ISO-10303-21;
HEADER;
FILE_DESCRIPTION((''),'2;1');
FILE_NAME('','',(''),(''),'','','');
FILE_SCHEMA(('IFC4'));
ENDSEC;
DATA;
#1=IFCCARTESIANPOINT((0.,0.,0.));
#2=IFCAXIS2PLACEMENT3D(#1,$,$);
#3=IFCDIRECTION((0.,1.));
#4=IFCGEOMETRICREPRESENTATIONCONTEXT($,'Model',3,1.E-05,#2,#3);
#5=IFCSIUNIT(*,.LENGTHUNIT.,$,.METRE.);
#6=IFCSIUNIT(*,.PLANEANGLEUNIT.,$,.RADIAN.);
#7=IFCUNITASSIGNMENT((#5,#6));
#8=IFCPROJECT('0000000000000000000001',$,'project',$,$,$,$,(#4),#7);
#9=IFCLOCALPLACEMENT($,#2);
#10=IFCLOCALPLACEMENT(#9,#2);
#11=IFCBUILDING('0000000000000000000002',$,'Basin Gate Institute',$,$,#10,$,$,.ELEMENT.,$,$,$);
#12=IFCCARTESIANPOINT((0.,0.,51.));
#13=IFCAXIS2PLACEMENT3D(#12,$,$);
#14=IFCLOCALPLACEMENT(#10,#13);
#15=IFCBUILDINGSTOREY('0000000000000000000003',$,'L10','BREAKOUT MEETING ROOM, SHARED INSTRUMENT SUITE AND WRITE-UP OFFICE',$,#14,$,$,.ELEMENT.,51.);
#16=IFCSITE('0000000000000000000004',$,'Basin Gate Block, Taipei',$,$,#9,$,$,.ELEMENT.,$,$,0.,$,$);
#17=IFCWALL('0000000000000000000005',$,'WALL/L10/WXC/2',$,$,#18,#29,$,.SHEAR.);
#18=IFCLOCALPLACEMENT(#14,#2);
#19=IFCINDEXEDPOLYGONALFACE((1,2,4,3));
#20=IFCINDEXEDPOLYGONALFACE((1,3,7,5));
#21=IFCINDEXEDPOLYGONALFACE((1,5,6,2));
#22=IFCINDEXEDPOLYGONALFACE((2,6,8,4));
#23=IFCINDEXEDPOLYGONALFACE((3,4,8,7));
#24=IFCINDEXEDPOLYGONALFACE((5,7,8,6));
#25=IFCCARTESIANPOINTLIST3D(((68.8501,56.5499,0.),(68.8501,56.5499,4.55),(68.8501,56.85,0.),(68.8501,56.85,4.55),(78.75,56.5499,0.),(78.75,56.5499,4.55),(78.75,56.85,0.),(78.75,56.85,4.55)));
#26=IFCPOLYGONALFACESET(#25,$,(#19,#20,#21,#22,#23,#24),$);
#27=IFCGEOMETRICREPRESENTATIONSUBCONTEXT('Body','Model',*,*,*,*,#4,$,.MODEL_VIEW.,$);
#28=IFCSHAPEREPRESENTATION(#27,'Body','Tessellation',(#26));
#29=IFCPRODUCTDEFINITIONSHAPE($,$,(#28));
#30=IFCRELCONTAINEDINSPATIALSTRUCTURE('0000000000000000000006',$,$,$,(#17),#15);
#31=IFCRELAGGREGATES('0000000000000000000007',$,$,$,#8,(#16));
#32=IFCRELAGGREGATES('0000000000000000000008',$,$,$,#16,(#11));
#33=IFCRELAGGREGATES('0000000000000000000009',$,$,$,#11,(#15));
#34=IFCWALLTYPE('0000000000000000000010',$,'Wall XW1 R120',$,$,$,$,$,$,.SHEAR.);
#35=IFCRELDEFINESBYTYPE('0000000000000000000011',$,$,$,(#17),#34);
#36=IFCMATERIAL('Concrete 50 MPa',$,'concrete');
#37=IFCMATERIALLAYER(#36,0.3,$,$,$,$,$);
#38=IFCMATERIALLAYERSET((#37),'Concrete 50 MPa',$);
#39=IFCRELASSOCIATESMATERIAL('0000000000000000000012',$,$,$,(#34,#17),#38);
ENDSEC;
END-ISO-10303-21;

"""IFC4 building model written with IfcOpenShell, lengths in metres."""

from ifc_helpers import new_model, si_unit, direction, frame, frame_2d, origin, place, context, subcontext, project, spatial, rectangle, extrude, material, layer, layer_set, type_object, element, save


model = new_model("IFC4")

# Units and contexts
model_context = context("Model", 3, precision=1e-05, world=origin(), true_north=direction((0.0, 1.0)))
body_context = subcontext(model_context, "Body", "Model", "MODEL_VIEW")
ifc_project = project(units=[si_unit("LENGTHUNIT", "METRE"), si_unit("PLANEANGLEUNIT", "RADIAN")], contexts=[model_context])

# Site, building, storey
site_placement = place(None, origin())
site = spatial("IfcSite", under=ifc_project, at=site_placement, Name="Basin Gate Block, Taipei", CompositionType="ELEMENT", RefElevation=0.0)
building_placement = place(site_placement, origin())
building = spatial("IfcBuilding", under=site, at=building_placement, Name="Basin Gate Institute", CompositionType="ELEMENT")
storey_placement = place(building_placement, frame((0.0, 0.0, 51.0)))
storey = spatial("IfcBuildingStorey", under=building, at=storey_placement, Name="L10", Description="BREAKOUT MEETING ROOM, SHARED INSTRUMENT SUITE AND WRITE-UP OFFICE", CompositionType="ELEMENT", Elevation=51.0)

# Wall
ifc_material_1 = material(Name="Concrete 50 MPa", Category="concrete")
ifc_layer_1 = layer(ifc_material_1, 0.3)
ifc_layer_set_1 = layer_set([ifc_layer_1], Name="Concrete 50 MPa")
wall_type_1 = type_object("IfcWallType", Name="Wall XW1 R120", PredefinedType="SHEAR", material=ifc_layer_set_1)
wall_1_placement = place(storey_placement, frame((68.8501, 56.7, 0.0), z_axis=(0.0, 0.0, 1.0), x_axis=(1.0, 0.0, 0.0)))
element("IfcWall", 1, at=wall_1_placement, inside=storey, type_object=wall_type_1, material=ifc_layer_set_1, Name="WALL/L10/WXC/2", PredefinedType="SHEAR", context=body_context, shape_type="SweptSolid", body=[
    extrude(rectangle(XDim=9.8999, YDim=0.3, at=frame_2d((4.95, 0.0))), origin(), (0.0, 0.0, 1.0), 4.55),
])

save(model, "model.ifc")
